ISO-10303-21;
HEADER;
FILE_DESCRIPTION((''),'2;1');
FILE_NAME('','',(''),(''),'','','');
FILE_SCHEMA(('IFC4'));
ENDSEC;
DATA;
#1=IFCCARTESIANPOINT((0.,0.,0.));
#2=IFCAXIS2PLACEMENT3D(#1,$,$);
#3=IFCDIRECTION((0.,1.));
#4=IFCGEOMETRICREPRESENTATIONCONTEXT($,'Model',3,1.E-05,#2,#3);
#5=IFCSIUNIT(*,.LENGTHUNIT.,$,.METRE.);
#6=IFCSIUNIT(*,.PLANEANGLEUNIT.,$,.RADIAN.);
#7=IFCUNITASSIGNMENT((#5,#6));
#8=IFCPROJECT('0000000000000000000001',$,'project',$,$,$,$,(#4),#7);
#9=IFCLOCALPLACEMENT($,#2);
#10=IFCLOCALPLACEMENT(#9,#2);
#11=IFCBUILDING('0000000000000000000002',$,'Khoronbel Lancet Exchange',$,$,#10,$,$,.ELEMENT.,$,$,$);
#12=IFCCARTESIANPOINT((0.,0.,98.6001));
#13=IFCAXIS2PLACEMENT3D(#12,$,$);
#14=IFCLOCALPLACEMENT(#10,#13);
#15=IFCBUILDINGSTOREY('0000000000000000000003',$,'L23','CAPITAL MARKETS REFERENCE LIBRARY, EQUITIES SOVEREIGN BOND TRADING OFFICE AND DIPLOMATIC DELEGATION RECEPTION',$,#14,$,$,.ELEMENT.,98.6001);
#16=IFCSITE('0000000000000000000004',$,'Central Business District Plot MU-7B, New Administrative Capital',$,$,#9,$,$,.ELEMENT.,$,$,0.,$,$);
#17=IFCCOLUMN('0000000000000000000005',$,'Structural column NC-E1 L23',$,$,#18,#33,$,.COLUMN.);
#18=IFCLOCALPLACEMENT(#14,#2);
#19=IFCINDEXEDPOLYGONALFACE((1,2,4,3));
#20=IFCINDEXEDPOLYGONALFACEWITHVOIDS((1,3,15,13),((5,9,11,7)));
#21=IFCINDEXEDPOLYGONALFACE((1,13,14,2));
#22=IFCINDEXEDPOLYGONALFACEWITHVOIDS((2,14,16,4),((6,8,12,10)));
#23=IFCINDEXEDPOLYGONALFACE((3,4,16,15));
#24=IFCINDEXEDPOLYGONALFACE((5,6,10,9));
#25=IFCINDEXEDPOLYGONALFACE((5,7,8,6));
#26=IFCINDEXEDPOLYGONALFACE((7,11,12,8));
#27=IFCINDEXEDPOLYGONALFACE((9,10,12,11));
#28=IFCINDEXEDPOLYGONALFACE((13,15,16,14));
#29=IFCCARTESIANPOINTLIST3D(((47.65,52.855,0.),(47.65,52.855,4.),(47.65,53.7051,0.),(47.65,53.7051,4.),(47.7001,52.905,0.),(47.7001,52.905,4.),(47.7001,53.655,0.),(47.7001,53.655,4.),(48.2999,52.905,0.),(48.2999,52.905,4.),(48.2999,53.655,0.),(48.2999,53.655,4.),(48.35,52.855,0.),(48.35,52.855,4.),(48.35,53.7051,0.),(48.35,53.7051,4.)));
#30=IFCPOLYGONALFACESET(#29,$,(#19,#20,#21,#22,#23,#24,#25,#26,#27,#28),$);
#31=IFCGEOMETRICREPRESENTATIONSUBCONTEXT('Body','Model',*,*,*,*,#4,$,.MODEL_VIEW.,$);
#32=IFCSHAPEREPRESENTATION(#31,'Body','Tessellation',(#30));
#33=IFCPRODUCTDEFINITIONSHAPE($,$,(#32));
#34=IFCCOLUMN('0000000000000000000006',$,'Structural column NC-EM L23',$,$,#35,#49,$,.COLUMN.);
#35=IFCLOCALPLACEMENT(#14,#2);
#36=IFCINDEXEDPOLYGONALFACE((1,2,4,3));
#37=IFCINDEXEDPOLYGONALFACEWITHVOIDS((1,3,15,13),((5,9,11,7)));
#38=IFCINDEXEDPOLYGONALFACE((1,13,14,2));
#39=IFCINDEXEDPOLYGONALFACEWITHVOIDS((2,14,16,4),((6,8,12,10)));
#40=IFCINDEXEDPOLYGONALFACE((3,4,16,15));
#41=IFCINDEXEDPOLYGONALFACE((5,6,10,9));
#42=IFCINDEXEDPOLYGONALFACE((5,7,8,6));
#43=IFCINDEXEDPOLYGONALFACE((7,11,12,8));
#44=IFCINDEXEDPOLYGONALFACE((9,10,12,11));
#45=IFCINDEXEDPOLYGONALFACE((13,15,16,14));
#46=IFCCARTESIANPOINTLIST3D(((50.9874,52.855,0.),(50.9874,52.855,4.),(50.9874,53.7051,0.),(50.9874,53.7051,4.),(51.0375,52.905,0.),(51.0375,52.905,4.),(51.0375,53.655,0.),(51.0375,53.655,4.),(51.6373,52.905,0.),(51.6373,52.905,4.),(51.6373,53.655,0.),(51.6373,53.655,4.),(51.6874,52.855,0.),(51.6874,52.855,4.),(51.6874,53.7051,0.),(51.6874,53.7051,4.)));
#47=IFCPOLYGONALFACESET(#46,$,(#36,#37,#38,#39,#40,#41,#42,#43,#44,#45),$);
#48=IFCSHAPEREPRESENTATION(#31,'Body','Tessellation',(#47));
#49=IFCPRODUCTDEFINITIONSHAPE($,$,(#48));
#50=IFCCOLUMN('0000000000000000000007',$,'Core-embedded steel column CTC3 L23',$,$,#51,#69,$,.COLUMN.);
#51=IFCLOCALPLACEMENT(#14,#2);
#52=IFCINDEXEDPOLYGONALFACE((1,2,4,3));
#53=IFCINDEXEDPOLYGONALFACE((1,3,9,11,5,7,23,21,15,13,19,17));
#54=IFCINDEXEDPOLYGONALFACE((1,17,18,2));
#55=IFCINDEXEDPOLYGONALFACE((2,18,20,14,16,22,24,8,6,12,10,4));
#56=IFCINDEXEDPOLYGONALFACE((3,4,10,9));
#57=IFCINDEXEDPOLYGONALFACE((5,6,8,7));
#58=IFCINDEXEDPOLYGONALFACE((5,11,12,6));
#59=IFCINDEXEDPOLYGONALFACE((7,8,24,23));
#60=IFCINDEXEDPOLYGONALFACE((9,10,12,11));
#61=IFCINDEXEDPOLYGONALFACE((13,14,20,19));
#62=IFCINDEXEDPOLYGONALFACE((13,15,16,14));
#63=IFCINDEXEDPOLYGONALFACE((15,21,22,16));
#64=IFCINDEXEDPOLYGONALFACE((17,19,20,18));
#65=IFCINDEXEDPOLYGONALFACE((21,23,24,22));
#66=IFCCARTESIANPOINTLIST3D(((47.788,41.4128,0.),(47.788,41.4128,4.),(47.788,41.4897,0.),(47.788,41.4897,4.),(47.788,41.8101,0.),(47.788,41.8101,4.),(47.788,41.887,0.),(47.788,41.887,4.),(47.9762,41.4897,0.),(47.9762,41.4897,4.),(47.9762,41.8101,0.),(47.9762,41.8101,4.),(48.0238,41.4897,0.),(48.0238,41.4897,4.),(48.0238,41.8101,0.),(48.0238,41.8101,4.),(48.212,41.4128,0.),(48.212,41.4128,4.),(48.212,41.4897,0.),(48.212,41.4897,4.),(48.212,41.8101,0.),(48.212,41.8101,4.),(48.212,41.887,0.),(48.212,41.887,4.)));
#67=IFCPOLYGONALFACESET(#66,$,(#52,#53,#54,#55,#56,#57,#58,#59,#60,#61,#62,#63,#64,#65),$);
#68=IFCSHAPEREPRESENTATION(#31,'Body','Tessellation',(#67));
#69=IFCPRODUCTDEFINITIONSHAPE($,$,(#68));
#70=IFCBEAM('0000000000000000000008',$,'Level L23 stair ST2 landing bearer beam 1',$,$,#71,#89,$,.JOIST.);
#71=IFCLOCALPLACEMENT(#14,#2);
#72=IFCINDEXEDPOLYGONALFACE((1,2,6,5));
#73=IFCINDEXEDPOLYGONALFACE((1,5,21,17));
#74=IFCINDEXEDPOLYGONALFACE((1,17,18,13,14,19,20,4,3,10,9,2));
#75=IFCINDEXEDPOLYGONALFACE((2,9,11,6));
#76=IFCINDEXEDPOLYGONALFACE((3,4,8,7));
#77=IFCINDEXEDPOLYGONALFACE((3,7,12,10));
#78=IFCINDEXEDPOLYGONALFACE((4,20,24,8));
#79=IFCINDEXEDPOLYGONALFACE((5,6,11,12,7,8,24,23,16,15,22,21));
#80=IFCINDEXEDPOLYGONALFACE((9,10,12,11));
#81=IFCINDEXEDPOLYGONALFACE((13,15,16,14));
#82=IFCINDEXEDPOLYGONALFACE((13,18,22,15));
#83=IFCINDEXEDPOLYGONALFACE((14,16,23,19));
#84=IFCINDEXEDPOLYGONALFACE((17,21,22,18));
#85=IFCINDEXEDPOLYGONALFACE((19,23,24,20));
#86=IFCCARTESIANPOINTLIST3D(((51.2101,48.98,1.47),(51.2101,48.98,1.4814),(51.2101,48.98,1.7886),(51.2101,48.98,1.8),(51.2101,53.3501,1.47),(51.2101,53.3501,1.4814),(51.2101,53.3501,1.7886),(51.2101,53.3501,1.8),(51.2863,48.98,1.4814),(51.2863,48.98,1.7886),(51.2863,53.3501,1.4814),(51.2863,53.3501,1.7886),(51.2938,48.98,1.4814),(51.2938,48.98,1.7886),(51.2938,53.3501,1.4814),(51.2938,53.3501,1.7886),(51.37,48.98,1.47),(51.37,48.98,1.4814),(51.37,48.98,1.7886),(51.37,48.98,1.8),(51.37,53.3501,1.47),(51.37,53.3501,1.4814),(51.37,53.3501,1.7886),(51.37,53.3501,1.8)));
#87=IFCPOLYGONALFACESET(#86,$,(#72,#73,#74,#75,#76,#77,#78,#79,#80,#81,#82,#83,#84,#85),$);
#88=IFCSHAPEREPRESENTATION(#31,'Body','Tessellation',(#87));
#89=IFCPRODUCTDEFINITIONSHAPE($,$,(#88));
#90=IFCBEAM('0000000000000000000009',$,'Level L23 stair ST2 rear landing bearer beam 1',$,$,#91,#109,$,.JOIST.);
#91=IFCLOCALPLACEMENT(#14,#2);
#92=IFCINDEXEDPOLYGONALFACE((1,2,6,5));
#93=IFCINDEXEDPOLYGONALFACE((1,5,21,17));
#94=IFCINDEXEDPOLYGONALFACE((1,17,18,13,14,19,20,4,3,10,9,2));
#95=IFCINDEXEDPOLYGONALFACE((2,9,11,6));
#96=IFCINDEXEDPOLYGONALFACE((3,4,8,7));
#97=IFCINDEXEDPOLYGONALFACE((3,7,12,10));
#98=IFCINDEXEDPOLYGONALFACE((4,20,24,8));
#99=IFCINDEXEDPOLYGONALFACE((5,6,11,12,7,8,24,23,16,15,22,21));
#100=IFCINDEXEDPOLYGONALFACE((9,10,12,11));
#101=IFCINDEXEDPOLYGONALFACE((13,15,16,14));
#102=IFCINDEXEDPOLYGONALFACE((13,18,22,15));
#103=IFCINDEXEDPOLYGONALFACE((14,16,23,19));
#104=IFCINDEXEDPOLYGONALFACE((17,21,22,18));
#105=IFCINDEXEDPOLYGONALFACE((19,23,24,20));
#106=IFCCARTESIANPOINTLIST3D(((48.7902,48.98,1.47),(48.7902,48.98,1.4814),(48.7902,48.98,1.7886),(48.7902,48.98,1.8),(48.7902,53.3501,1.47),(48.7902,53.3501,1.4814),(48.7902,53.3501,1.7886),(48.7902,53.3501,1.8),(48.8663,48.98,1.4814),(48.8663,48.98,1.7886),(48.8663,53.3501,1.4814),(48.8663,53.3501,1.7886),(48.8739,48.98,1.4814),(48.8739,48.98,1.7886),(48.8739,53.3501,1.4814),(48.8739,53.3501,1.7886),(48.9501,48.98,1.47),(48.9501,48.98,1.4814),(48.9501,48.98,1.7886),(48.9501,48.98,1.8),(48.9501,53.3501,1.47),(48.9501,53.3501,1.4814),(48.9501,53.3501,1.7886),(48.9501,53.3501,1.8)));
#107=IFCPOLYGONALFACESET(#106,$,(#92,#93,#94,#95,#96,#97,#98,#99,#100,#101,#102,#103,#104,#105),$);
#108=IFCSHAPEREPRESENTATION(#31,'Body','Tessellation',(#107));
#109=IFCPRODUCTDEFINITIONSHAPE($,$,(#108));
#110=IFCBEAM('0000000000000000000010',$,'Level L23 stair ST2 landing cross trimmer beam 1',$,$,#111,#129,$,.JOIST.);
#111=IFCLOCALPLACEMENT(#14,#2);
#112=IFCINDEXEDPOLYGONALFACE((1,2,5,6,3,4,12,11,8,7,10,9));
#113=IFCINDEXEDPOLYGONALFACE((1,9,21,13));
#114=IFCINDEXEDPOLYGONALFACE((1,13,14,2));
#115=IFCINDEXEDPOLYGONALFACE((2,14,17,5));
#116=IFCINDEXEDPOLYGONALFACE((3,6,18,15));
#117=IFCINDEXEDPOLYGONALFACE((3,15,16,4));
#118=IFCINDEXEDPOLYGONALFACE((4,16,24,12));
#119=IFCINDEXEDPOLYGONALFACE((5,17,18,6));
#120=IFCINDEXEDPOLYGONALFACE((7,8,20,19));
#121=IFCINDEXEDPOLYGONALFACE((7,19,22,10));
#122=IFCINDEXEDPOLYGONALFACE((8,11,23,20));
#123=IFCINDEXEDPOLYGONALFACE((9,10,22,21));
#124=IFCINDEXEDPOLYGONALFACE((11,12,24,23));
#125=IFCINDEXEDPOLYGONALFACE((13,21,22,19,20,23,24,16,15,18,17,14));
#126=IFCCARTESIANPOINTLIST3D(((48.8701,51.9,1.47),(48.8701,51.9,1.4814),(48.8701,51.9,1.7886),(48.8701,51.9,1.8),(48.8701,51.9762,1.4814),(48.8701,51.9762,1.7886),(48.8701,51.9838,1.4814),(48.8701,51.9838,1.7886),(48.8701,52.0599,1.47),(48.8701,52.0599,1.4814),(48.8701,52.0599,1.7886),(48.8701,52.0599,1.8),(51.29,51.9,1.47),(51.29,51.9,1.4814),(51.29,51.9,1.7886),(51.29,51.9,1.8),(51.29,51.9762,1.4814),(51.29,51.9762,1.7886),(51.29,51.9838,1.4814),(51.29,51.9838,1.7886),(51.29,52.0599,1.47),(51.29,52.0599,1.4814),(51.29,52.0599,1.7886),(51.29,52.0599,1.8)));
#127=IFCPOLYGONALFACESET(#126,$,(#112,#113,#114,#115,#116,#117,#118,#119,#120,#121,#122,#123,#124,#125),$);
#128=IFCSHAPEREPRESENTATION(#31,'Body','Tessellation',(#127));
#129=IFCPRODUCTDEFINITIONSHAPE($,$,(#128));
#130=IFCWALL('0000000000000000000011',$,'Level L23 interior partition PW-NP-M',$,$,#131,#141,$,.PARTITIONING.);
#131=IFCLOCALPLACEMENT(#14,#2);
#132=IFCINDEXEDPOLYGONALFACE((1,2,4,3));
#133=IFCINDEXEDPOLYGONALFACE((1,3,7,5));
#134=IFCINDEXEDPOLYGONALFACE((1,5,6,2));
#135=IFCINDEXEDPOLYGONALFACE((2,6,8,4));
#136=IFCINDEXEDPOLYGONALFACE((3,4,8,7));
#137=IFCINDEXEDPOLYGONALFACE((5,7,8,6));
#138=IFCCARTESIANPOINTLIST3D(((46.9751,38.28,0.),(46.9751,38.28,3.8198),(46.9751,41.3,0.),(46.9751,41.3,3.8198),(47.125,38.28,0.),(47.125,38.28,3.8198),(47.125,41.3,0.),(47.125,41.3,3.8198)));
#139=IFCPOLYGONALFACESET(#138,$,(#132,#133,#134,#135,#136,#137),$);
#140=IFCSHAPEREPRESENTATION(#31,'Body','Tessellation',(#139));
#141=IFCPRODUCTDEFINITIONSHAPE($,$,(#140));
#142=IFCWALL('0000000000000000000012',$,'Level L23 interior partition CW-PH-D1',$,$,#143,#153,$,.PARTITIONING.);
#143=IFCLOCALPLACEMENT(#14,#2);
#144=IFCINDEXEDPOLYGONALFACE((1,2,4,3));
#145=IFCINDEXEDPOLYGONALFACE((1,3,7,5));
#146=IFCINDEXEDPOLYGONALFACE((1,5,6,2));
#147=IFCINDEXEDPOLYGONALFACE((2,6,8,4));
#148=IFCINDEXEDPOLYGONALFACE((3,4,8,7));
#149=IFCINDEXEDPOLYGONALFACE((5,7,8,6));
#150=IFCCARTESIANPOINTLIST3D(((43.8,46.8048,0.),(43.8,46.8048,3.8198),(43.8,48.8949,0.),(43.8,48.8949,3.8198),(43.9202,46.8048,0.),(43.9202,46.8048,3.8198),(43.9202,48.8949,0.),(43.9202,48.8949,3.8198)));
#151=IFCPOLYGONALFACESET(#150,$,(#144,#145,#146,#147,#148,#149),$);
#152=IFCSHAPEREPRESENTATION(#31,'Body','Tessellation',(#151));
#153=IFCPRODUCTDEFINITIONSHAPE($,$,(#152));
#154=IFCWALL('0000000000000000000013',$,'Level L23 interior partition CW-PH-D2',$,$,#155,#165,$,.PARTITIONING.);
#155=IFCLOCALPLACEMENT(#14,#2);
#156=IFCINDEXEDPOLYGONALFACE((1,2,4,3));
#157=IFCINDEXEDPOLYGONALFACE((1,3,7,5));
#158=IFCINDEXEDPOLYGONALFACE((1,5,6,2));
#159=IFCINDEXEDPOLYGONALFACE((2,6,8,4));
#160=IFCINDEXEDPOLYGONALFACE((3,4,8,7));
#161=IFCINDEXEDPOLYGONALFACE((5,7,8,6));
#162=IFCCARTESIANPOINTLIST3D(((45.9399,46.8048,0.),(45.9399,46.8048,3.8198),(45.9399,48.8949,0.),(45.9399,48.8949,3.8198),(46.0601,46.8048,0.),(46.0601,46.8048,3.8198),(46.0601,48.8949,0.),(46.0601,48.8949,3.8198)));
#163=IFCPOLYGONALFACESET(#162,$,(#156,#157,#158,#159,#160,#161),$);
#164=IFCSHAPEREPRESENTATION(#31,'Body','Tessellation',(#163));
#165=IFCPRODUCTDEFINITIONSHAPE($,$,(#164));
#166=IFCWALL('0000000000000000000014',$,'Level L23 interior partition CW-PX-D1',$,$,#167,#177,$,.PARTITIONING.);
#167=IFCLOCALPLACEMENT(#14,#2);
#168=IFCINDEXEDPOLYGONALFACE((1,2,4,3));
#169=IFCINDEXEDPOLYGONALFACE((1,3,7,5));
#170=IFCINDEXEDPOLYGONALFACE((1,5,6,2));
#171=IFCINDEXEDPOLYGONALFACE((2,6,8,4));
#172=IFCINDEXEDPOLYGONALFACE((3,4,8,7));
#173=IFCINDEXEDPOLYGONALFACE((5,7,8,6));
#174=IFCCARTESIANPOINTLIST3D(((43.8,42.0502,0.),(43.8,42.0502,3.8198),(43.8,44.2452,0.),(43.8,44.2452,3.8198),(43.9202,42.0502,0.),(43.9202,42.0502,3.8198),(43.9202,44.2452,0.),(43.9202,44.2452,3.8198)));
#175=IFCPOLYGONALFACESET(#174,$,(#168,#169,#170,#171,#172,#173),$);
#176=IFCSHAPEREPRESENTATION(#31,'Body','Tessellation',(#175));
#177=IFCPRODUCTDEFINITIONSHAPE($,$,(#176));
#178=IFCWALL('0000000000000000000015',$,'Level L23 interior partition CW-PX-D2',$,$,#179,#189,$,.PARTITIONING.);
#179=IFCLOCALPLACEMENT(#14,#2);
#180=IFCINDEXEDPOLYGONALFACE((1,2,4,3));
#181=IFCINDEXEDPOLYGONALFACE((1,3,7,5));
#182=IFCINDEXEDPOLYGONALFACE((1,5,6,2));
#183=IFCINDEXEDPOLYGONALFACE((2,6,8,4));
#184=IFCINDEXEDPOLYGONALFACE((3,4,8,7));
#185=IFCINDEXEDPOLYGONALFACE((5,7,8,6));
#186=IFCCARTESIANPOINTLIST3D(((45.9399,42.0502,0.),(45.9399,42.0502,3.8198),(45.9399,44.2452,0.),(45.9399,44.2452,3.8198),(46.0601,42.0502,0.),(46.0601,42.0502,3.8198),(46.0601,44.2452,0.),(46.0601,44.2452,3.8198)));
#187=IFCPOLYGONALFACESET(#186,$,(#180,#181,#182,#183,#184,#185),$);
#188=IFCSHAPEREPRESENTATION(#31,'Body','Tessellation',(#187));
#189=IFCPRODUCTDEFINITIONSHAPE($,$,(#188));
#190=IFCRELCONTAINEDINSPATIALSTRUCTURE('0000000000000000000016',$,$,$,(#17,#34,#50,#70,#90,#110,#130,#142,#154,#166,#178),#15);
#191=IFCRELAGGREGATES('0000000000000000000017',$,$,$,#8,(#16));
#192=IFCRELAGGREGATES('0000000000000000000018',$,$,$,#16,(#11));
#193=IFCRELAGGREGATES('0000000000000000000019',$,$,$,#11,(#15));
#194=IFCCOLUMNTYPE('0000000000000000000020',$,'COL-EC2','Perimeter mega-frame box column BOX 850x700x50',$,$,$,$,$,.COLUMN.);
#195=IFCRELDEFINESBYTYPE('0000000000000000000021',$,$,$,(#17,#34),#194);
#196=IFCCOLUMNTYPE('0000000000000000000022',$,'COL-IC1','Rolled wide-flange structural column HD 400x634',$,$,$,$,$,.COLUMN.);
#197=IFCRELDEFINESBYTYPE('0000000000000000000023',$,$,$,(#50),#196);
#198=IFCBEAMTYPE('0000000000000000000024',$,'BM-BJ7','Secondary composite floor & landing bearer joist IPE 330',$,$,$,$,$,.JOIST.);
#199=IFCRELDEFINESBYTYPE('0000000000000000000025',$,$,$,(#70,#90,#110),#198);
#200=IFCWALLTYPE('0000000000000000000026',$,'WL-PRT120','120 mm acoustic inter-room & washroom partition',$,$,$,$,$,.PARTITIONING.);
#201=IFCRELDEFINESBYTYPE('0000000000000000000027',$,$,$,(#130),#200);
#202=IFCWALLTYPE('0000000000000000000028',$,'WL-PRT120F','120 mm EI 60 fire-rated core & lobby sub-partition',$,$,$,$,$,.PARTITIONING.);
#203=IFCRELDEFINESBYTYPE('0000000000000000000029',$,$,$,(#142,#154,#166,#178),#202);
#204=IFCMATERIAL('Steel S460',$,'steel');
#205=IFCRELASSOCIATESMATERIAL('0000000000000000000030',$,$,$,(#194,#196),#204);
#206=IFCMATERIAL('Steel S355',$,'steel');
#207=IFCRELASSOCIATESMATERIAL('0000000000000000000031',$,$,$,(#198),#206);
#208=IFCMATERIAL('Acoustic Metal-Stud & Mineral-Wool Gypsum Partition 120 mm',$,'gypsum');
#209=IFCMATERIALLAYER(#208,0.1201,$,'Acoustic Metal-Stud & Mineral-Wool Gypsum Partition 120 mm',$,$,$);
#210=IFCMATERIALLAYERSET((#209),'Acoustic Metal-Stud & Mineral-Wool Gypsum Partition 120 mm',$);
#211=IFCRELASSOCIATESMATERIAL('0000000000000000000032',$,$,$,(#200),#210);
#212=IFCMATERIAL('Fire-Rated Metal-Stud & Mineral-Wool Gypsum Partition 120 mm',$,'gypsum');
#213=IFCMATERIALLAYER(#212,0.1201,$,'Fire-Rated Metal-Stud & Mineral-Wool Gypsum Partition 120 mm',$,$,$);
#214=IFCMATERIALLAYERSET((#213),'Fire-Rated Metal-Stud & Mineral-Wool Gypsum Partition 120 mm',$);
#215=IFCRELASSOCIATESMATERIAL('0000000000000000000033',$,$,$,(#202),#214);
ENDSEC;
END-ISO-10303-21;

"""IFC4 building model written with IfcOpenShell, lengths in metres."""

from ifc_helpers import new_model, si_unit, direction, frame, frame_2d, origin, origin_2d, place, context, subcontext, project, spatial, rectangle, hollow_rectangle, i_section, extrude, material, layer, layer_set, material_profile, profile_set, type_object, element, save


model = new_model("IFC4")

# Units and contexts
model_context = context("Model", 3, precision=1e-05, world=origin(), true_north=direction((0.0, 1.0)))
body_context = subcontext(model_context, "Body", "Model", "MODEL_VIEW")
ifc_project = project(units=[si_unit("LENGTHUNIT", "METRE"), si_unit("PLANEANGLEUNIT", "RADIAN")], contexts=[model_context])

# Site, building, storey
site_placement = place(None, origin())
site = spatial("IfcSite", under=ifc_project, at=site_placement, Name="Central Business District Plot MU-7B, New Administrative Capital", CompositionType="ELEMENT", RefElevation=0.0)
building_placement = place(site_placement, origin())
building = spatial("IfcBuilding", under=site, at=building_placement, Name="Khoronbel Lancet Exchange", CompositionType="ELEMENT")
storey_placement = place(building_placement, frame((0.0, 0.0, 98.6001)))
storey = spatial("IfcBuildingStorey", under=building, at=storey_placement, Name="L23", Description="CAPITAL MARKETS REFERENCE LIBRARY, EQUITIES SOVEREIGN BOND TRADING OFFICE AND DIPLOMATIC DELEGATION RECEPTION", CompositionType="ELEMENT", Elevation=98.6001)

# Columns
ifc_material_1 = material(Name="Steel S460", Category="steel")
ifc_material_profile_1 = material_profile(ifc_material_1, hollow_rectangle(XDim=0.7, YDim=0.8501, WallThickness=0.05, at=origin_2d()), Name="BOX 850x700x50")
ifc_profile_set_1 = profile_set([ifc_material_profile_1], Name="Steel S460")
column_type_1 = type_object("IfcColumnType", Name="COL-EC2", Description="Perimeter mega-frame box column BOX 850x700x50", PredefinedType="COLUMN", material=ifc_profile_set_1)
for number, where, z_axis, x_axis, name in (
    (1, (48.0, 53.28, 0.0), (0.0, 0.0, 1.0), (1.0, 0.0, 0.0), "Structural column NC-E1 L23"),
    (2, (51.3374, 53.28, 0.0), (0.0, 0.0, 1.0), (1.0, 0.0, 0.0), "Structural column NC-EM L23"),
):
    element("IfcColumn", number, at=place(storey_placement, frame(where, z_axis=z_axis, x_axis=x_axis)), inside=storey, type_object=column_type_1, Name=name, PredefinedType="COLUMN", context=body_context, shape_type="SweptSolid", body=[
        extrude(hollow_rectangle(XDim=0.7, YDim=0.8501, WallThickness=0.05, at=origin_2d()), origin(), (0.0, 0.0, 1.0), 4.0),
    ])
ifc_material_profile_2 = material_profile(ifc_material_1, i_section(OverallWidth=0.4241, OverallDepth=0.4741, WebThickness=0.0476, FlangeThickness=0.0769, at=origin_2d()), Name="HD 400x634")
ifc_profile_set_2 = profile_set([ifc_material_profile_2], Name="Steel S460")
column_type_2 = type_object("IfcColumnType", Name="COL-IC1", Description="Rolled wide-flange structural column HD 400x634", PredefinedType="COLUMN", material=ifc_profile_set_2)
column_placement = place(storey_placement, frame((48.0, 41.6499, 0.0), z_axis=(0.0, 0.0, 1.0), x_axis=(1.0, 0.0, 0.0)))
element("IfcColumn", 3, at=column_placement, inside=storey, type_object=column_type_2, Name="Core-embedded steel column CTC3 L23", PredefinedType="COLUMN", context=body_context, shape_type="SweptSolid", body=[
    extrude(i_section(OverallWidth=0.4241, OverallDepth=0.4741, WebThickness=0.0476, FlangeThickness=0.0769, at=origin_2d()), origin(), (0.0, 0.0, 1.0), 4.0),
])

# Beams
ifc_material_2 = material(Name="Steel S355", Category="steel")
ifc_material_profile_3 = material_profile(ifc_material_2, i_section(OverallWidth=0.1599, OverallDepth=0.3301, WebThickness=0.0076, FlangeThickness=0.0115, at=origin_2d()), Name="IPE 330")
ifc_profile_set_3 = profile_set([ifc_material_profile_3], Name="Steel S355")
beam_type = type_object("IfcBeamType", Name="BM-BJ7", Description="Secondary composite floor & landing bearer joist IPE 330", PredefinedType="JOIST", material=ifc_profile_set_3)
for number, where, z_axis, x_axis, name in (
    (4, (51.29, 48.98, 1.635), (0.0, 1.0, 0.0), (-1.0, 0.0, 0.0), "Level L23 stair ST2 landing bearer beam 1"),
    (5, (48.8701, 48.98, 1.635), (0.0, 1.0, 0.0), (-1.0, 0.0, 0.0), "Level L23 stair ST2 rear landing bearer beam 1"),
):
    element("IfcBeam", number, at=place(storey_placement, frame(where, z_axis=z_axis, x_axis=x_axis)), inside=storey, type_object=beam_type, Name=name, PredefinedType="JOIST", context=body_context, shape_type="SweptSolid", body=[
        extrude(i_section(OverallWidth=0.1599, OverallDepth=0.3301, WebThickness=0.0076, FlangeThickness=0.0115, at=origin_2d()), origin(), (0.0, 0.0, 1.0), 4.3701),
    ])
beam_placement = place(storey_placement, frame((48.8701, 51.98, 1.635), z_axis=(1.0, 0.0, 0.0), x_axis=(0.0, 1.0, 0.0)))
element("IfcBeam", 6, at=beam_placement, inside=storey, type_object=beam_type, Name="Level L23 stair ST2 landing cross trimmer beam 1", PredefinedType="JOIST", context=body_context, shape_type="SweptSolid", body=[
    extrude(i_section(OverallWidth=0.1599, OverallDepth=0.3301, WebThickness=0.0076, FlangeThickness=0.0115, at=origin_2d()), origin(), (0.0, 0.0, 1.0), 2.4199),
])

# Walls
ifc_material_3 = material(Name="Acoustic Metal-Stud & Mineral-Wool Gypsum Partition 120 mm", Category="gypsum")
ifc_layer_1 = layer(ifc_material_3, 0.1201, Name="Acoustic Metal-Stud & Mineral-Wool Gypsum Partition 120 mm")
ifc_layer_set_1 = layer_set([ifc_layer_1], Name="Acoustic Metal-Stud & Mineral-Wool Gypsum Partition 120 mm")
wall_type_1 = type_object("IfcWallType", Name="WL-PRT120", Description="120 mm acoustic inter-room & washroom partition", PredefinedType="PARTITIONING", material=ifc_layer_set_1)
wall_1_placement = place(storey_placement, frame((47.05, 38.28, 0.0), z_axis=(0.0, 0.0, 1.0), x_axis=(0.0, 1.0, 0.0)))
element("IfcWall", 7, at=wall_1_placement, inside=storey, type_object=wall_type_1, Name="Level L23 interior partition PW-NP-M", PredefinedType="PARTITIONING", context=body_context, shape_type="SweptSolid", body=[
    extrude(rectangle(XDim=3.02, YDim=0.1499, at=frame_2d((1.51, 0.0))), origin(), (0.0, 0.0, 1.0), 3.8198),
])
ifc_material_4 = material(Name="Fire-Rated Metal-Stud & Mineral-Wool Gypsum Partition 120 mm", Category="gypsum")
ifc_layer_2 = layer(ifc_material_4, 0.1201, Name="Fire-Rated Metal-Stud & Mineral-Wool Gypsum Partition 120 mm")
ifc_layer_set_2 = layer_set([ifc_layer_2], Name="Fire-Rated Metal-Stud & Mineral-Wool Gypsum Partition 120 mm")
wall_type_2 = type_object("IfcWallType", Name="WL-PRT120F", Description="120 mm EI 60 fire-rated core & lobby sub-partition", PredefinedType="PARTITIONING", material=ifc_layer_set_2)
for number, where, z_axis, x_axis, name in (
    (8, (43.8601, 46.8049, 0.0), (0.0, 0.0, 1.0), (0.0, 1.0, 0.0), "Level L23 interior partition CW-PH-D1"),
    (9, (46.0, 46.8049, 0.0), (0.0, 0.0, 1.0), (0.0, 1.0, 0.0), "Level L23 interior partition CW-PH-D2"),
):
    element("IfcWall", number, at=place(storey_placement, frame(where, z_axis=z_axis, x_axis=x_axis)), inside=storey, type_object=wall_type_2, Name=name, PredefinedType="PARTITIONING", context=body_context, shape_type="SweptSolid", body=[
        extrude(rectangle(XDim=2.0901, YDim=0.1201, at=frame_2d((1.0449, 0.0))), origin(), (0.0, 0.0, 1.0), 3.8198),
    ])
for number, where, z_axis, x_axis, name in (
    (10, (43.8601, 42.05, 0.0), (0.0, 0.0, 1.0), (0.0, 1.0, 0.0), "Level L23 interior partition CW-PX-D1"),
    (11, (46.0, 42.05, 0.0), (0.0, 0.0, 1.0), (0.0, 1.0, 0.0), "Level L23 interior partition CW-PX-D2"),
):
    element("IfcWall", number, at=place(storey_placement, frame(where, z_axis=z_axis, x_axis=x_axis)), inside=storey, type_object=wall_type_2, Name=name, PredefinedType="PARTITIONING", context=body_context, shape_type="SweptSolid", body=[
        extrude(rectangle(XDim=2.1951, YDim=0.1201, at=frame_2d((1.0977, 0.0))), origin(), (0.0, 0.0, 1.0), 3.8198),
    ])

save(model, "model.ifc")
